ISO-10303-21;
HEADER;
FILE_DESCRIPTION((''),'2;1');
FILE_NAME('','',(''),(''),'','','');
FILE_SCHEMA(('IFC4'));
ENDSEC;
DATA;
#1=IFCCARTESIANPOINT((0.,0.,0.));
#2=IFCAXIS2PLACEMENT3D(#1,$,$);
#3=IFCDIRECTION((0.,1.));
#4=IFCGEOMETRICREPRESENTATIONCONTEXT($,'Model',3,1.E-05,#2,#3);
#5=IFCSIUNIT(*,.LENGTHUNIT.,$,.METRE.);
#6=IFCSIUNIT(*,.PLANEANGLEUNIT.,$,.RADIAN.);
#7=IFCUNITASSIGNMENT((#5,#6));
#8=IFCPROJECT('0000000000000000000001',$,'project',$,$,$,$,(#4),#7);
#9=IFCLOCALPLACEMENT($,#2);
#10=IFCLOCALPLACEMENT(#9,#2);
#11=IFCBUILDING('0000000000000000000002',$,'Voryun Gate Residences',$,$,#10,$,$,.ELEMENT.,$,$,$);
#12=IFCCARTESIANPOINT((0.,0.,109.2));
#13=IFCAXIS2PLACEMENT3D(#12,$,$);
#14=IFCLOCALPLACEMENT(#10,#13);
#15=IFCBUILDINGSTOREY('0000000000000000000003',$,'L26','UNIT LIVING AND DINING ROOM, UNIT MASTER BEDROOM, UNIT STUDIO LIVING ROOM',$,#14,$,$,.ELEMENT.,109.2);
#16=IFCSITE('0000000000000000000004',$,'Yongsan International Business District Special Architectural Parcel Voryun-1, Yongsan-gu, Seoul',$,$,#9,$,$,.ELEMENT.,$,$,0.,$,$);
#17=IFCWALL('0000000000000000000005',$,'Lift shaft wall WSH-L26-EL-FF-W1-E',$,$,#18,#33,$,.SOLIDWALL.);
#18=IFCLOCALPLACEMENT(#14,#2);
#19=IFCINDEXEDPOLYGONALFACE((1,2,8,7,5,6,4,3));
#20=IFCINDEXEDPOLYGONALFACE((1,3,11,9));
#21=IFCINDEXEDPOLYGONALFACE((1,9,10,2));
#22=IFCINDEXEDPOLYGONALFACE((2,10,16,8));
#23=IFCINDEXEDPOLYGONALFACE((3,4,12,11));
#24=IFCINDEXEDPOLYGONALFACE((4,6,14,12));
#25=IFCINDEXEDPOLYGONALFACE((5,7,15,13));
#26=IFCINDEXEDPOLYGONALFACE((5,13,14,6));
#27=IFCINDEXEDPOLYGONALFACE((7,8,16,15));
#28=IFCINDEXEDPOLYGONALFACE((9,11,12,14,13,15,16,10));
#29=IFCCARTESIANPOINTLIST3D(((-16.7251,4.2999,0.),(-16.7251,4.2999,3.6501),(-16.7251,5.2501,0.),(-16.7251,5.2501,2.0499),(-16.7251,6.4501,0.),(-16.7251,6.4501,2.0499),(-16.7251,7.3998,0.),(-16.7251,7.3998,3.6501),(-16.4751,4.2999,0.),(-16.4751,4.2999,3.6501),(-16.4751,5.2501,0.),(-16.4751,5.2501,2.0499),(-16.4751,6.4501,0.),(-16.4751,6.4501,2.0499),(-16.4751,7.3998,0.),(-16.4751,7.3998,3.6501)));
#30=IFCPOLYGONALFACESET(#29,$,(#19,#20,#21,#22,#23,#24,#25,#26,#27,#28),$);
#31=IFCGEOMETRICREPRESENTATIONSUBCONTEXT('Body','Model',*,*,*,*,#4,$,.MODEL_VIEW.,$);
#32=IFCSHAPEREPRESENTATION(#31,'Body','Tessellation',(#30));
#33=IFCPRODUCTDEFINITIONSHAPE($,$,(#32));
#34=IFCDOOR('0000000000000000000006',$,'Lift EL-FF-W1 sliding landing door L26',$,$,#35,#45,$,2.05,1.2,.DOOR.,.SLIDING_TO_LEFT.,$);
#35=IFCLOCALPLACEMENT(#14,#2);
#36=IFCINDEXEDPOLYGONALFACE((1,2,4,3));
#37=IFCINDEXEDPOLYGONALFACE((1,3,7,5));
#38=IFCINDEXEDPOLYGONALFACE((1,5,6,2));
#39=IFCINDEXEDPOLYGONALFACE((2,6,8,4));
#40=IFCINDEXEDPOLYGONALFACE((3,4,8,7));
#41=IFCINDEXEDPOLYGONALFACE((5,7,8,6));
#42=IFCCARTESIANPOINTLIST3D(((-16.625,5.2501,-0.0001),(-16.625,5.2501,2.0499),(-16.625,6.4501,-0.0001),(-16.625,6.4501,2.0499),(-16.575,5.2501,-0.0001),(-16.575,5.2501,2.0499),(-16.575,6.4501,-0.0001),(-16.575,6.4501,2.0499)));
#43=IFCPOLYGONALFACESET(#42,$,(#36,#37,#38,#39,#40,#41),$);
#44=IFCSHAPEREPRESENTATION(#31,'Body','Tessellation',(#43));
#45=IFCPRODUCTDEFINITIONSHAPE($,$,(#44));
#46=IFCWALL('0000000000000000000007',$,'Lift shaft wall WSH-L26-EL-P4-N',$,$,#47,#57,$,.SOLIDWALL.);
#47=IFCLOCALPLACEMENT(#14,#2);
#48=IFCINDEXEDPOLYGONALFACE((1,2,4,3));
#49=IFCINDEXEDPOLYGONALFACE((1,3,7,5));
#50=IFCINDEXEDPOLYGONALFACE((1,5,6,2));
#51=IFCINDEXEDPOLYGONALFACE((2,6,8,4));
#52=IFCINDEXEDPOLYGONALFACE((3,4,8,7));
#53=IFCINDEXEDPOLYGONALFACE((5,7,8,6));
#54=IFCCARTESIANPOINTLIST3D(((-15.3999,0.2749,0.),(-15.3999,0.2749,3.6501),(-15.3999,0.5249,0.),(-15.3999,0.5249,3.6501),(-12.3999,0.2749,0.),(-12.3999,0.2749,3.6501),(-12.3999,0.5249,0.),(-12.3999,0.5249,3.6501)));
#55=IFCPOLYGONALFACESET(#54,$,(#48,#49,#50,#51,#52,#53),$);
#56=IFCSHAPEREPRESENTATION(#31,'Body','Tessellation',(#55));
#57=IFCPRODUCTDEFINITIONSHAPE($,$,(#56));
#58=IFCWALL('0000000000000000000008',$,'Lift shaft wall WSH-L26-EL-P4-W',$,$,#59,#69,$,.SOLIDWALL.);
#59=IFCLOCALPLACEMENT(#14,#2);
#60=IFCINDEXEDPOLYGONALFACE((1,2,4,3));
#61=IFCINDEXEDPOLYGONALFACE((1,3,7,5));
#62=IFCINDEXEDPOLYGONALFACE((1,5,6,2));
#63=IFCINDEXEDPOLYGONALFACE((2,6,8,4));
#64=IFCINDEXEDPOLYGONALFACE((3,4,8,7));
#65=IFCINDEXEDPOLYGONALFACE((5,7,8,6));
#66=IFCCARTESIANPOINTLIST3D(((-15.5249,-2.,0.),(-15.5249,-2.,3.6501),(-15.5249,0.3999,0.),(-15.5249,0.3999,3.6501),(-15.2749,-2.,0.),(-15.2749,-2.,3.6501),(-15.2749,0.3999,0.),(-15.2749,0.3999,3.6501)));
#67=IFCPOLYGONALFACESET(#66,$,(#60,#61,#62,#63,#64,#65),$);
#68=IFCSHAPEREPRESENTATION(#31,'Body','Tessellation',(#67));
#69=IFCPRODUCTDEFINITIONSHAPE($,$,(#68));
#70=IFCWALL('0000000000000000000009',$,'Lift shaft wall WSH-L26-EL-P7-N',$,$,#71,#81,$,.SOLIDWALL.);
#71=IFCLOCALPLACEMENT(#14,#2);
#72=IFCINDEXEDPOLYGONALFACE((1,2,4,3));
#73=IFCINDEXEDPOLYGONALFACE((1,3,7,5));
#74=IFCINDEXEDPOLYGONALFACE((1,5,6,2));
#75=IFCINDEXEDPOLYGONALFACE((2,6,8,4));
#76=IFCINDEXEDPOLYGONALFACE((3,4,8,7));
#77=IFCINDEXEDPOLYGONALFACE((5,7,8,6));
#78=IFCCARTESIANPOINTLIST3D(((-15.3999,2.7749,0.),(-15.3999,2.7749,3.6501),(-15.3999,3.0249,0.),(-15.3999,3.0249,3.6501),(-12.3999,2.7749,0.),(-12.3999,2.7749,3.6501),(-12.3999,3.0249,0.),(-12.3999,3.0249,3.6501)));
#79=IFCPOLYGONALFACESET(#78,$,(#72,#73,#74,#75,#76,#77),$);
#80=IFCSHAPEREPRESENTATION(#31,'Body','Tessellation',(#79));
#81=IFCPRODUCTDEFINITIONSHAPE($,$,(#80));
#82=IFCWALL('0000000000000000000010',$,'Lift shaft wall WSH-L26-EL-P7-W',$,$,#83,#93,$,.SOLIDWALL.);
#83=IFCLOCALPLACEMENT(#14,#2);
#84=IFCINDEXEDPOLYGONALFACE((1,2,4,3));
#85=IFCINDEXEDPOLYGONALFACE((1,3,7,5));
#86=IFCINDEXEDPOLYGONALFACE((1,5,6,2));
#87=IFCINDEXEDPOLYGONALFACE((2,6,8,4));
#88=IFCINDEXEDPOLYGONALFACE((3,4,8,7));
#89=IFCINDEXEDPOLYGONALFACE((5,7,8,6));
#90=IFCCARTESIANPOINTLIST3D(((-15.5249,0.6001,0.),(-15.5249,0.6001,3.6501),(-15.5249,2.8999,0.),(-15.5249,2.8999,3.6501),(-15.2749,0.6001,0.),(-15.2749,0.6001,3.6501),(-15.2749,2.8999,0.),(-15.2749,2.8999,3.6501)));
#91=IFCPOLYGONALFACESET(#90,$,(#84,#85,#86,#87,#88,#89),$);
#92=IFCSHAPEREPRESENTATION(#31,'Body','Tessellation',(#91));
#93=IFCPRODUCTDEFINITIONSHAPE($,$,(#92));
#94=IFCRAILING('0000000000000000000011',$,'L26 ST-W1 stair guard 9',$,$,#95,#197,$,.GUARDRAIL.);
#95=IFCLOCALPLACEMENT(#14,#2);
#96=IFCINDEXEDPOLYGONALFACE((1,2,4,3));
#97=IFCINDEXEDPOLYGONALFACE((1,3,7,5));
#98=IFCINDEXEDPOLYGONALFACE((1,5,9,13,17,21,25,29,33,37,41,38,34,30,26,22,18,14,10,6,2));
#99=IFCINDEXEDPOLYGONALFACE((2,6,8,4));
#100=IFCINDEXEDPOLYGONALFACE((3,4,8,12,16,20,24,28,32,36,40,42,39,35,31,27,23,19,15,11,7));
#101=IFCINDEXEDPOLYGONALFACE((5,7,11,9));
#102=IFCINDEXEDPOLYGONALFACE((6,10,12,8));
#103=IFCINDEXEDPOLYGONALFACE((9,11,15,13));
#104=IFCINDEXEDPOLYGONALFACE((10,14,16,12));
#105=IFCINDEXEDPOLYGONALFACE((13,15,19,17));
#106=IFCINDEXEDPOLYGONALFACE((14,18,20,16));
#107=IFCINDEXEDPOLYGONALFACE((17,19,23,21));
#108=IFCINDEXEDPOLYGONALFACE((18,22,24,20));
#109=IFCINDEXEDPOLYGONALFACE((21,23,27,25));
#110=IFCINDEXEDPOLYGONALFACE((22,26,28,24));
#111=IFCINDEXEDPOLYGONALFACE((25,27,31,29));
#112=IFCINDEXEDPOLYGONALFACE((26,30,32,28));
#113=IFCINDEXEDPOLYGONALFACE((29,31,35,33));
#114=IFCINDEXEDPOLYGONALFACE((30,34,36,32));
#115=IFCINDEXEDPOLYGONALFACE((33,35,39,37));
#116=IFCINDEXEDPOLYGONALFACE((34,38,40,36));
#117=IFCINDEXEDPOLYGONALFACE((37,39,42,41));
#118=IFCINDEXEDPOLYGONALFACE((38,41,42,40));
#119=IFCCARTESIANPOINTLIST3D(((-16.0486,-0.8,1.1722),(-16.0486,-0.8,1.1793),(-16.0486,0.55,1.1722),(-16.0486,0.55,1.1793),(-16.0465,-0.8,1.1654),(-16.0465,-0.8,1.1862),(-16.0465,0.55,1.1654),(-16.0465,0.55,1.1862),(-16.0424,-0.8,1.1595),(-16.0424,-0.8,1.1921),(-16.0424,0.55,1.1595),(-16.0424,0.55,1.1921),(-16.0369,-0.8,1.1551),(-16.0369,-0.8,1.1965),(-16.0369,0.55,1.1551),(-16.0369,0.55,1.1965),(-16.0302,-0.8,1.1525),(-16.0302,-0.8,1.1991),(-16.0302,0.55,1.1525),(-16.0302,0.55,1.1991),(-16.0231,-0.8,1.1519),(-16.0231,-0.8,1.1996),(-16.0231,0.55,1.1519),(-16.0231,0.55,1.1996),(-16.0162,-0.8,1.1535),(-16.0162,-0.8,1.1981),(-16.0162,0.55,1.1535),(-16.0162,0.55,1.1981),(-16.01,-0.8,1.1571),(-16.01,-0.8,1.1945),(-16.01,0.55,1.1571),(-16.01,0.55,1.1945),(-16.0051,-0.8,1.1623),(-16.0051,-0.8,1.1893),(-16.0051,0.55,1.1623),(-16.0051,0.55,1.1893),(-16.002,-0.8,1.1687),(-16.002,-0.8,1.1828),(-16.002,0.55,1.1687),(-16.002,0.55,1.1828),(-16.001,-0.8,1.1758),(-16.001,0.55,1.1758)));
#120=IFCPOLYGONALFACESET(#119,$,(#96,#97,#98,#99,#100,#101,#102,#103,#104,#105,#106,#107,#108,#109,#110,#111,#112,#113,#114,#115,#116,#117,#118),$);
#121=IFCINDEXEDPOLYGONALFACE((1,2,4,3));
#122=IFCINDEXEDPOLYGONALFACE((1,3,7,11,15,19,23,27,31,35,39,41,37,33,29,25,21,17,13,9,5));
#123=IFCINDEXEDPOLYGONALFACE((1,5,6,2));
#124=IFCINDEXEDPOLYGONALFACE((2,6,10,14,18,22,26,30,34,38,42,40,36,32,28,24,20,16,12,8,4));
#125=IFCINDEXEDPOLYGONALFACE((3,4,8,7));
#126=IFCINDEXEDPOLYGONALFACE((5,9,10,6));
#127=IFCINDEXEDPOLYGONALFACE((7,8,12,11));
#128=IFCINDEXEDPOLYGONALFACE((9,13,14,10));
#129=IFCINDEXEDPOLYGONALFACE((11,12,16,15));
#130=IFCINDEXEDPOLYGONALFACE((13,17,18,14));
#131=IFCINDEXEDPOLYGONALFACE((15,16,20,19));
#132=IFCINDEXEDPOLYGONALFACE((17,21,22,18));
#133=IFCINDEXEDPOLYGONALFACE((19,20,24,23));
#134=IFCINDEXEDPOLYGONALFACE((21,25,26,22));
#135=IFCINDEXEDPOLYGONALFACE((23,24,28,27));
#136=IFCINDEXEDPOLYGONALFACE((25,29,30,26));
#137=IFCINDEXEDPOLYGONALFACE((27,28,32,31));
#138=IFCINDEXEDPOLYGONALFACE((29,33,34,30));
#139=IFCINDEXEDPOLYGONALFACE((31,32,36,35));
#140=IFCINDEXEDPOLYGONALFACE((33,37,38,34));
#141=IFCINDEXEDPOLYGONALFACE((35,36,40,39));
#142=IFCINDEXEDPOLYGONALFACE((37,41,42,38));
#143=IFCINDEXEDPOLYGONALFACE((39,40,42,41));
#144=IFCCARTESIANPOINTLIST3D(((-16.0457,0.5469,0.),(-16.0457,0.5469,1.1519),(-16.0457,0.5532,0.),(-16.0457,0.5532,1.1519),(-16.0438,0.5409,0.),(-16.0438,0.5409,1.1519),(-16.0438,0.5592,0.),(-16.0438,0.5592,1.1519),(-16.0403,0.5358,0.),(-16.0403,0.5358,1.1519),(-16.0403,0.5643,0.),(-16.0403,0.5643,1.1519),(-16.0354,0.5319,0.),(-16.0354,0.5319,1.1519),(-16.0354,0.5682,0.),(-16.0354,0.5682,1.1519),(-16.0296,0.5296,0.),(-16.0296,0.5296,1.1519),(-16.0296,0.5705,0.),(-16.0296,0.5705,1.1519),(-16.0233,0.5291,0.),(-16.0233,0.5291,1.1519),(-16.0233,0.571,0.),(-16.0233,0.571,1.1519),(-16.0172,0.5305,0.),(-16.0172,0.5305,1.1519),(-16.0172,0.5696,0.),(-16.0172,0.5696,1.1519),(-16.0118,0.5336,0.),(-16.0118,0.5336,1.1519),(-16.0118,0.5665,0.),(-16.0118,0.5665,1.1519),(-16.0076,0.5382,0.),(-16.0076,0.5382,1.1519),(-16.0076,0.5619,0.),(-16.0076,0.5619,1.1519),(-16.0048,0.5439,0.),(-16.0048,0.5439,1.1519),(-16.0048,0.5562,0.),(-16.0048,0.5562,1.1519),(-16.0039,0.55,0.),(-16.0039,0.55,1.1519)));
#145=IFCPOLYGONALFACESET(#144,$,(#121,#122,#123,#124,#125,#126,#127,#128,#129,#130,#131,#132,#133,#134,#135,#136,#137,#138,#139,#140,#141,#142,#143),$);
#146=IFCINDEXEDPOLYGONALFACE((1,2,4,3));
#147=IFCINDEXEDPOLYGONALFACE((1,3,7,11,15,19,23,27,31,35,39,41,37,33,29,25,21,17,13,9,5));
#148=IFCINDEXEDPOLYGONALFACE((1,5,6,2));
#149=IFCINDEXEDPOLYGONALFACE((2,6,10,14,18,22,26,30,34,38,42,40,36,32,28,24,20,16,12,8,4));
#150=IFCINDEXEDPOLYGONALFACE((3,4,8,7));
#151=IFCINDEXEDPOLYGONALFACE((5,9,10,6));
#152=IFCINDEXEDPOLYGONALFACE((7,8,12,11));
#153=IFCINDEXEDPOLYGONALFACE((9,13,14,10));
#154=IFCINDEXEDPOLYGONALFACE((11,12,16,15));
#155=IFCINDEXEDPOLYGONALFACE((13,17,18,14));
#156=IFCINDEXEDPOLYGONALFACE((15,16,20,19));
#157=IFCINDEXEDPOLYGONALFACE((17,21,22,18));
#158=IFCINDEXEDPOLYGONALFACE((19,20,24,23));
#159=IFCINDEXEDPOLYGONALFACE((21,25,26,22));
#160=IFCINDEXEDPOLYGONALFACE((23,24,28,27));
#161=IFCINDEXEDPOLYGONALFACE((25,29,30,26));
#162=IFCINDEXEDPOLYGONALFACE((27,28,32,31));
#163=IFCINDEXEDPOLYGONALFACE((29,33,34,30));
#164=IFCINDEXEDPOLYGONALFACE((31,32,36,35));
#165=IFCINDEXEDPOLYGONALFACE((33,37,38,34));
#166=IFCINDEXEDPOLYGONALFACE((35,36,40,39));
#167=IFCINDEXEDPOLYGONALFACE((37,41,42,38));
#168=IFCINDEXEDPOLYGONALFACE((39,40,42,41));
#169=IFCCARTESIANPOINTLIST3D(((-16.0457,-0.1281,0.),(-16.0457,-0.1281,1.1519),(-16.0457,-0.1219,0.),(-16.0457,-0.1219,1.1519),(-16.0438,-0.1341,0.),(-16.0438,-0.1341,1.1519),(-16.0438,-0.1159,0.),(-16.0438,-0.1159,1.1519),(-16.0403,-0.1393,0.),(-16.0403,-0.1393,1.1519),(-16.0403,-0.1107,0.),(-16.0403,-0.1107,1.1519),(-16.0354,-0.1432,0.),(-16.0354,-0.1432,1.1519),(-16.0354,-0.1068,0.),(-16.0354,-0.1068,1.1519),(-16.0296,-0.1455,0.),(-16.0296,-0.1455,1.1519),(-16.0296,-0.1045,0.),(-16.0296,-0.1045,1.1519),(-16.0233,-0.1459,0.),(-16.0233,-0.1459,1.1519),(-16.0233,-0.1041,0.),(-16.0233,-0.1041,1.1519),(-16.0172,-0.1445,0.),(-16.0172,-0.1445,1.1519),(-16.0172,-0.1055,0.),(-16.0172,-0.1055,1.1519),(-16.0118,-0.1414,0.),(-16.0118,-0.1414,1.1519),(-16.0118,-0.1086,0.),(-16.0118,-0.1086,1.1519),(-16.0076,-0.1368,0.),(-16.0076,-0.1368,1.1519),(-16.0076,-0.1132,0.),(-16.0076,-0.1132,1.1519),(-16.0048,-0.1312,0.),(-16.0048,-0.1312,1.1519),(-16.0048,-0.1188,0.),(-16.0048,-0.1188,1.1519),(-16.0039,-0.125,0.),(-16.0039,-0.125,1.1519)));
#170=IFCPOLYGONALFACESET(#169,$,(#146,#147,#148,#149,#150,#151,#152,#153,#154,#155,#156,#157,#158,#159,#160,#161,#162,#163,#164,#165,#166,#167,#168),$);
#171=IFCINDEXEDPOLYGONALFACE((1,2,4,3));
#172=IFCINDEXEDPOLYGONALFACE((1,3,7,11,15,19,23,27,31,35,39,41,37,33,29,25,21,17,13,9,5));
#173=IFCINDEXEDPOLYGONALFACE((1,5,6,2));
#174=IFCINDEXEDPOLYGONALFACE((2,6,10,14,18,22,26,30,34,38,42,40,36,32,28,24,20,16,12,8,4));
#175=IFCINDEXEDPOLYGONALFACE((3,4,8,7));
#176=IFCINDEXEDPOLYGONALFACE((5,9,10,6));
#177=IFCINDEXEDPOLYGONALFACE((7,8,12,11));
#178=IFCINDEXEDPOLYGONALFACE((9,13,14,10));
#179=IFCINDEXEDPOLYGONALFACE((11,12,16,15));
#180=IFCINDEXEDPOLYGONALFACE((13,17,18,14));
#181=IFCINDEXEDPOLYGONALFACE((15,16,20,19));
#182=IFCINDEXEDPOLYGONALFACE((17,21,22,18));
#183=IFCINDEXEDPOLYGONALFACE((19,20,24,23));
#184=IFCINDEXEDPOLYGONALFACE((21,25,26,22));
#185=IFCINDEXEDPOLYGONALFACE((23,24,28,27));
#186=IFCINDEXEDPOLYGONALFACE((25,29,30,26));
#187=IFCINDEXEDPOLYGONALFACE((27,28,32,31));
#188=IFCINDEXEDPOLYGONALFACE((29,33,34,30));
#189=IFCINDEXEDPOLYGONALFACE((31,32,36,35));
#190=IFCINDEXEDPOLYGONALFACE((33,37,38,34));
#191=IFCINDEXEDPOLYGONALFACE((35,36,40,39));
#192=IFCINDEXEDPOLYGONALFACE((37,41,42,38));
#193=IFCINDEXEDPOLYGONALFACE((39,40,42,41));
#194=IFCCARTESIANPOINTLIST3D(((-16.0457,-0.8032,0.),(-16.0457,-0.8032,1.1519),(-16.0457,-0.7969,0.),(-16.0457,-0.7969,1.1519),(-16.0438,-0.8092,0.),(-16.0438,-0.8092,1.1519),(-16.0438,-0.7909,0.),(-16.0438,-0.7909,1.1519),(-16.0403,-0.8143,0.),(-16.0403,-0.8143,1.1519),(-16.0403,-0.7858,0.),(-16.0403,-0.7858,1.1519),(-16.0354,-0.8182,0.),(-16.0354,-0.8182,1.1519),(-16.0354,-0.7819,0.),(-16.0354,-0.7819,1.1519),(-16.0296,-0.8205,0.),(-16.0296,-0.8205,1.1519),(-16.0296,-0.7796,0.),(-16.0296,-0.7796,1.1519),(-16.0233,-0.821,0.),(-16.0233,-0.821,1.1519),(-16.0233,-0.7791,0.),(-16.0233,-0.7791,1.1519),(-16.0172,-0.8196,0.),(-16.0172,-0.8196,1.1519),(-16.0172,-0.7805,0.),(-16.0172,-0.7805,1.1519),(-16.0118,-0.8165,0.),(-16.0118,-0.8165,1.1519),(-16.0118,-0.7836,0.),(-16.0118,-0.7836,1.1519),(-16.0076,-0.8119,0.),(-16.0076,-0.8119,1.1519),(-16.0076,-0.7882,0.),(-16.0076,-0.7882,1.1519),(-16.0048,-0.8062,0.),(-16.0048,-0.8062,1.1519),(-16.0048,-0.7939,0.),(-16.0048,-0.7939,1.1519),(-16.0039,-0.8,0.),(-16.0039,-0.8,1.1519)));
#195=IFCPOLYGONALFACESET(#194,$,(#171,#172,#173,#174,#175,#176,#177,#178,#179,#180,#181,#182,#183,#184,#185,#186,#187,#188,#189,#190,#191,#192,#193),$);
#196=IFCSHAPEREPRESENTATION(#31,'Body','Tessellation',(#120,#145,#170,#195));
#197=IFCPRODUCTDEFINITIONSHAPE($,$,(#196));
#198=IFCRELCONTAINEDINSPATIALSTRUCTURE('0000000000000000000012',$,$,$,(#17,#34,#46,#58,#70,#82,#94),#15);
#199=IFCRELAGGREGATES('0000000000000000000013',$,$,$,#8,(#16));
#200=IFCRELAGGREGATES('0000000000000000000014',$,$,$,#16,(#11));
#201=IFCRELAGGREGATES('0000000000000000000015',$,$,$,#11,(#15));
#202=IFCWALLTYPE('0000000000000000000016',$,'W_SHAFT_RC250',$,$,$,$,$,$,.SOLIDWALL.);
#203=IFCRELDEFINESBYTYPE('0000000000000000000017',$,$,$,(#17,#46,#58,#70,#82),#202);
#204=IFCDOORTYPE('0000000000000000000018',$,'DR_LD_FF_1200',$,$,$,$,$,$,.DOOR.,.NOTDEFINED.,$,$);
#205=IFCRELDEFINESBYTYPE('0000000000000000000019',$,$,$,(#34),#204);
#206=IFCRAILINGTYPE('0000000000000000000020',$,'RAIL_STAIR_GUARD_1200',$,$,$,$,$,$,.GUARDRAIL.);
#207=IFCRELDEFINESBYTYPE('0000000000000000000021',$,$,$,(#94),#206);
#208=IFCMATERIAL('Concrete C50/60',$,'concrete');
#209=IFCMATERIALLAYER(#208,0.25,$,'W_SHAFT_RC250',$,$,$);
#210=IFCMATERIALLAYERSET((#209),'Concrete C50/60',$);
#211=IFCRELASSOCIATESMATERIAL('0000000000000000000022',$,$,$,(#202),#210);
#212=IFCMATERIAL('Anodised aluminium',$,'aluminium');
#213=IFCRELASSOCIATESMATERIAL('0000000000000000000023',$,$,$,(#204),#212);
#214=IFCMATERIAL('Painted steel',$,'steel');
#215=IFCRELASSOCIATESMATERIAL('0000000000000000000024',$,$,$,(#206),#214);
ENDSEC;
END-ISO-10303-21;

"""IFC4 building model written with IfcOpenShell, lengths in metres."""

from ifc_helpers import new_model, si_unit, direction, frame, frame_2d, origin, origin_2d, place, context, subcontext, project, spatial, rectangle, circle, extrude, material, layer, layer_set, type_object, element, fill, save


model = new_model("IFC4")

# Units and contexts
model_context = context("Model", 3, precision=1e-05, world=origin(), true_north=direction((0.0, 1.0)))
body_context = subcontext(model_context, "Body", "Model", "MODEL_VIEW")
ifc_project = project(units=[si_unit("LENGTHUNIT", "METRE"), si_unit("PLANEANGLEUNIT", "RADIAN")], contexts=[model_context])

# Site, building, storey
site_placement = place(None, origin())
site = spatial("IfcSite", under=ifc_project, at=site_placement, Name="Yongsan International Business District Special Architectural Parcel Voryun-1, Yongsan-gu, Seoul", CompositionType="ELEMENT", RefElevation=0.0)
building_placement = place(site_placement, origin())
building = spatial("IfcBuilding", under=site, at=building_placement, Name="Voryun Gate Residences", CompositionType="ELEMENT")
storey_placement = place(building_placement, frame((0.0, 0.0, 109.2)))
storey = spatial("IfcBuildingStorey", under=building, at=storey_placement, Name="L26", Description="UNIT LIVING AND DINING ROOM, UNIT MASTER BEDROOM, UNIT STUDIO LIVING ROOM", CompositionType="ELEMENT", Elevation=109.2)

# Wall, opening, door
ifc_material_1 = material(Name="Concrete C50/60", Category="concrete")
ifc_layer_1 = layer(ifc_material_1, 0.25, Name="W_SHAFT_RC250")
ifc_layer_set_1 = layer_set([ifc_layer_1], Name="Concrete C50/60")
wall_type_1 = type_object("IfcWallType", Name="W_SHAFT_RC250", PredefinedType="SOLIDWALL", material=ifc_layer_set_1)
wall_1_placement = place(storey_placement, frame((-16.6001, 4.3, 0.0), z_axis=(0.0, 0.0, 1.0), x_axis=(0.0, 1.0, 0.0)))
wall_1 = element("IfcWall", 1, at=wall_1_placement, inside=storey, type_object=wall_type_1, Name="Lift shaft wall WSH-L26-EL-FF-W1-E", PredefinedType="SOLIDWALL", context=body_context, shape_type="SweptSolid", body=[
    extrude(rectangle(XDim=3.0999, YDim=0.25, at=frame_2d((1.5498, 0.0))), origin(), (0.0, 0.0, 1.0), 3.6501),
])
opening_1_placement = place(wall_1_placement, frame((0.95, 0.0, 0.0)))
opening_1 = element("IfcOpeningElement", 2, at=opening_1_placement, cuts=wall_1, PredefinedType="OPENING", context=body_context, shape_type="SweptSolid", body=[
    extrude(rectangle(XDim=1.2, YDim=2.05, at=frame_2d((0.6001, 1.0249))), frame((0.0, 0.135, 0.0), z_axis=(0.0, -1.0, 0.0), x_axis=(1.0, 0.0, 0.0)), (0.0, 0.0, 1.0), 0.27),
])
ifc_material_2 = material(Name="Anodised aluminium", Category="aluminium")
door_type_1 = type_object("IfcDoorType", Name="DR_LD_FF_1200", OperationType="NOTDEFINED", PredefinedType="DOOR", material=ifc_material_2)
door_1_placement = place(opening_1_placement, origin())
door_1 = element("IfcDoor", 3, at=door_1_placement, inside=storey, type_object=door_type_1, Name="Lift EL-FF-W1 sliding landing door L26", OperationType="SLIDING_TO_LEFT", OverallHeight=2.05, OverallWidth=1.2, PredefinedType="DOOR", context=body_context, shape_type="SweptSolid", body=[
    extrude(rectangle(XDim=1.2, YDim=2.05, at=frame_2d((0.6001, 1.0249))), frame((0.0, 0.0249, 0.0), z_axis=(0.0, -1.0, 0.0), x_axis=(1.0, 0.0, 0.0)), (0.0, 0.0, 1.0), 0.05),
])
fill(opening_1, door_1)

# Walls
wall_2_placement = place(storey_placement, frame((-12.3999, 0.3999, 0.0), z_axis=(0.0, 0.0, 1.0), x_axis=(-1.0, 0.0, 0.0)))
element("IfcWall", 4, at=wall_2_placement, inside=storey, type_object=wall_type_1, Name="Lift shaft wall WSH-L26-EL-P4-N", PredefinedType="SOLIDWALL", context=body_context, shape_type="SweptSolid", body=[
    extrude(rectangle(XDim=3.0, YDim=0.25, at=frame_2d((1.5, 0.0))), origin(), (0.0, 0.0, 1.0), 3.6501),
])
wall_3_placement = place(storey_placement, frame((-15.3999, 0.3999, 0.0), z_axis=(0.0, 0.0, 1.0), x_axis=(0.0, -1.0, 0.0)))
element("IfcWall", 5, at=wall_3_placement, inside=storey, type_object=wall_type_1, Name="Lift shaft wall WSH-L26-EL-P4-W", PredefinedType="SOLIDWALL", context=body_context, shape_type="SweptSolid", body=[
    extrude(rectangle(XDim=2.3999, YDim=0.25, at=frame_2d((1.2, 0.0))), origin(), (0.0, 0.0, 1.0), 3.6501),
])
wall_4_placement = place(storey_placement, frame((-12.3999, 2.8999, 0.0), z_axis=(0.0, 0.0, 1.0), x_axis=(-1.0, 0.0, 0.0)))
element("IfcWall", 6, at=wall_4_placement, inside=storey, type_object=wall_type_1, Name="Lift shaft wall WSH-L26-EL-P7-N", PredefinedType="SOLIDWALL", context=body_context, shape_type="SweptSolid", body=[
    extrude(rectangle(XDim=3.0, YDim=0.25, at=frame_2d((1.5, 0.0))), origin(), (0.0, 0.0, 1.0), 3.6501),
])
wall_5_placement = place(storey_placement, frame((-15.3999, 2.8999, 0.0), z_axis=(0.0, 0.0, 1.0), x_axis=(0.0, -1.0, 0.0)))
element("IfcWall", 7, at=wall_5_placement, inside=storey, type_object=wall_type_1, Name="Lift shaft wall WSH-L26-EL-P7-W", PredefinedType="SOLIDWALL", context=body_context, shape_type="SweptSolid", body=[
    extrude(rectangle(XDim=2.2998, YDim=0.25, at=frame_2d((1.1499, 0.0))), origin(), (0.0, 0.0, 1.0), 3.6501),
])

# Railing
ifc_material_3 = material(Name="Painted steel", Category="steel")
railing_type = type_object("IfcRailingType", Name="RAIL_STAIR_GUARD_1200", PredefinedType="GUARDRAIL", material=ifc_material_3)
railing_1_placement = place(storey_placement, frame((-16.0249, 0.55, 0.0)))
element("IfcRailing", 8, at=railing_1_placement, inside=storey, type_object=railing_type, Name="L26 ST-W1 stair guard 9", PredefinedType="GUARDRAIL", context=body_context, shape_type="SweptSolid", body=[
    extrude(circle(Radius=0.0239, at=origin_2d()), frame((0.0, 0.0, 1.1758), z_axis=(0.0, -1.0, 0.0), x_axis=(1.0, 0.0, 0.0)), (0.0, 0.0, 1.0), 1.3501),
    extrude(circle(Radius=0.021, at=origin_2d()), origin(), (0.0, 0.0, 1.0), 1.1519),
    extrude(circle(Radius=0.021, at=origin_2d()), frame((0.0, -0.675, 0.0)), (0.0, 0.0, 1.0), 1.1519),
    extrude(circle(Radius=0.021, at=origin_2d()), frame((0.0, -1.3501, 0.0)), (0.0, 0.0, 1.0), 1.1519),
])

save(model, "model.ifc")
